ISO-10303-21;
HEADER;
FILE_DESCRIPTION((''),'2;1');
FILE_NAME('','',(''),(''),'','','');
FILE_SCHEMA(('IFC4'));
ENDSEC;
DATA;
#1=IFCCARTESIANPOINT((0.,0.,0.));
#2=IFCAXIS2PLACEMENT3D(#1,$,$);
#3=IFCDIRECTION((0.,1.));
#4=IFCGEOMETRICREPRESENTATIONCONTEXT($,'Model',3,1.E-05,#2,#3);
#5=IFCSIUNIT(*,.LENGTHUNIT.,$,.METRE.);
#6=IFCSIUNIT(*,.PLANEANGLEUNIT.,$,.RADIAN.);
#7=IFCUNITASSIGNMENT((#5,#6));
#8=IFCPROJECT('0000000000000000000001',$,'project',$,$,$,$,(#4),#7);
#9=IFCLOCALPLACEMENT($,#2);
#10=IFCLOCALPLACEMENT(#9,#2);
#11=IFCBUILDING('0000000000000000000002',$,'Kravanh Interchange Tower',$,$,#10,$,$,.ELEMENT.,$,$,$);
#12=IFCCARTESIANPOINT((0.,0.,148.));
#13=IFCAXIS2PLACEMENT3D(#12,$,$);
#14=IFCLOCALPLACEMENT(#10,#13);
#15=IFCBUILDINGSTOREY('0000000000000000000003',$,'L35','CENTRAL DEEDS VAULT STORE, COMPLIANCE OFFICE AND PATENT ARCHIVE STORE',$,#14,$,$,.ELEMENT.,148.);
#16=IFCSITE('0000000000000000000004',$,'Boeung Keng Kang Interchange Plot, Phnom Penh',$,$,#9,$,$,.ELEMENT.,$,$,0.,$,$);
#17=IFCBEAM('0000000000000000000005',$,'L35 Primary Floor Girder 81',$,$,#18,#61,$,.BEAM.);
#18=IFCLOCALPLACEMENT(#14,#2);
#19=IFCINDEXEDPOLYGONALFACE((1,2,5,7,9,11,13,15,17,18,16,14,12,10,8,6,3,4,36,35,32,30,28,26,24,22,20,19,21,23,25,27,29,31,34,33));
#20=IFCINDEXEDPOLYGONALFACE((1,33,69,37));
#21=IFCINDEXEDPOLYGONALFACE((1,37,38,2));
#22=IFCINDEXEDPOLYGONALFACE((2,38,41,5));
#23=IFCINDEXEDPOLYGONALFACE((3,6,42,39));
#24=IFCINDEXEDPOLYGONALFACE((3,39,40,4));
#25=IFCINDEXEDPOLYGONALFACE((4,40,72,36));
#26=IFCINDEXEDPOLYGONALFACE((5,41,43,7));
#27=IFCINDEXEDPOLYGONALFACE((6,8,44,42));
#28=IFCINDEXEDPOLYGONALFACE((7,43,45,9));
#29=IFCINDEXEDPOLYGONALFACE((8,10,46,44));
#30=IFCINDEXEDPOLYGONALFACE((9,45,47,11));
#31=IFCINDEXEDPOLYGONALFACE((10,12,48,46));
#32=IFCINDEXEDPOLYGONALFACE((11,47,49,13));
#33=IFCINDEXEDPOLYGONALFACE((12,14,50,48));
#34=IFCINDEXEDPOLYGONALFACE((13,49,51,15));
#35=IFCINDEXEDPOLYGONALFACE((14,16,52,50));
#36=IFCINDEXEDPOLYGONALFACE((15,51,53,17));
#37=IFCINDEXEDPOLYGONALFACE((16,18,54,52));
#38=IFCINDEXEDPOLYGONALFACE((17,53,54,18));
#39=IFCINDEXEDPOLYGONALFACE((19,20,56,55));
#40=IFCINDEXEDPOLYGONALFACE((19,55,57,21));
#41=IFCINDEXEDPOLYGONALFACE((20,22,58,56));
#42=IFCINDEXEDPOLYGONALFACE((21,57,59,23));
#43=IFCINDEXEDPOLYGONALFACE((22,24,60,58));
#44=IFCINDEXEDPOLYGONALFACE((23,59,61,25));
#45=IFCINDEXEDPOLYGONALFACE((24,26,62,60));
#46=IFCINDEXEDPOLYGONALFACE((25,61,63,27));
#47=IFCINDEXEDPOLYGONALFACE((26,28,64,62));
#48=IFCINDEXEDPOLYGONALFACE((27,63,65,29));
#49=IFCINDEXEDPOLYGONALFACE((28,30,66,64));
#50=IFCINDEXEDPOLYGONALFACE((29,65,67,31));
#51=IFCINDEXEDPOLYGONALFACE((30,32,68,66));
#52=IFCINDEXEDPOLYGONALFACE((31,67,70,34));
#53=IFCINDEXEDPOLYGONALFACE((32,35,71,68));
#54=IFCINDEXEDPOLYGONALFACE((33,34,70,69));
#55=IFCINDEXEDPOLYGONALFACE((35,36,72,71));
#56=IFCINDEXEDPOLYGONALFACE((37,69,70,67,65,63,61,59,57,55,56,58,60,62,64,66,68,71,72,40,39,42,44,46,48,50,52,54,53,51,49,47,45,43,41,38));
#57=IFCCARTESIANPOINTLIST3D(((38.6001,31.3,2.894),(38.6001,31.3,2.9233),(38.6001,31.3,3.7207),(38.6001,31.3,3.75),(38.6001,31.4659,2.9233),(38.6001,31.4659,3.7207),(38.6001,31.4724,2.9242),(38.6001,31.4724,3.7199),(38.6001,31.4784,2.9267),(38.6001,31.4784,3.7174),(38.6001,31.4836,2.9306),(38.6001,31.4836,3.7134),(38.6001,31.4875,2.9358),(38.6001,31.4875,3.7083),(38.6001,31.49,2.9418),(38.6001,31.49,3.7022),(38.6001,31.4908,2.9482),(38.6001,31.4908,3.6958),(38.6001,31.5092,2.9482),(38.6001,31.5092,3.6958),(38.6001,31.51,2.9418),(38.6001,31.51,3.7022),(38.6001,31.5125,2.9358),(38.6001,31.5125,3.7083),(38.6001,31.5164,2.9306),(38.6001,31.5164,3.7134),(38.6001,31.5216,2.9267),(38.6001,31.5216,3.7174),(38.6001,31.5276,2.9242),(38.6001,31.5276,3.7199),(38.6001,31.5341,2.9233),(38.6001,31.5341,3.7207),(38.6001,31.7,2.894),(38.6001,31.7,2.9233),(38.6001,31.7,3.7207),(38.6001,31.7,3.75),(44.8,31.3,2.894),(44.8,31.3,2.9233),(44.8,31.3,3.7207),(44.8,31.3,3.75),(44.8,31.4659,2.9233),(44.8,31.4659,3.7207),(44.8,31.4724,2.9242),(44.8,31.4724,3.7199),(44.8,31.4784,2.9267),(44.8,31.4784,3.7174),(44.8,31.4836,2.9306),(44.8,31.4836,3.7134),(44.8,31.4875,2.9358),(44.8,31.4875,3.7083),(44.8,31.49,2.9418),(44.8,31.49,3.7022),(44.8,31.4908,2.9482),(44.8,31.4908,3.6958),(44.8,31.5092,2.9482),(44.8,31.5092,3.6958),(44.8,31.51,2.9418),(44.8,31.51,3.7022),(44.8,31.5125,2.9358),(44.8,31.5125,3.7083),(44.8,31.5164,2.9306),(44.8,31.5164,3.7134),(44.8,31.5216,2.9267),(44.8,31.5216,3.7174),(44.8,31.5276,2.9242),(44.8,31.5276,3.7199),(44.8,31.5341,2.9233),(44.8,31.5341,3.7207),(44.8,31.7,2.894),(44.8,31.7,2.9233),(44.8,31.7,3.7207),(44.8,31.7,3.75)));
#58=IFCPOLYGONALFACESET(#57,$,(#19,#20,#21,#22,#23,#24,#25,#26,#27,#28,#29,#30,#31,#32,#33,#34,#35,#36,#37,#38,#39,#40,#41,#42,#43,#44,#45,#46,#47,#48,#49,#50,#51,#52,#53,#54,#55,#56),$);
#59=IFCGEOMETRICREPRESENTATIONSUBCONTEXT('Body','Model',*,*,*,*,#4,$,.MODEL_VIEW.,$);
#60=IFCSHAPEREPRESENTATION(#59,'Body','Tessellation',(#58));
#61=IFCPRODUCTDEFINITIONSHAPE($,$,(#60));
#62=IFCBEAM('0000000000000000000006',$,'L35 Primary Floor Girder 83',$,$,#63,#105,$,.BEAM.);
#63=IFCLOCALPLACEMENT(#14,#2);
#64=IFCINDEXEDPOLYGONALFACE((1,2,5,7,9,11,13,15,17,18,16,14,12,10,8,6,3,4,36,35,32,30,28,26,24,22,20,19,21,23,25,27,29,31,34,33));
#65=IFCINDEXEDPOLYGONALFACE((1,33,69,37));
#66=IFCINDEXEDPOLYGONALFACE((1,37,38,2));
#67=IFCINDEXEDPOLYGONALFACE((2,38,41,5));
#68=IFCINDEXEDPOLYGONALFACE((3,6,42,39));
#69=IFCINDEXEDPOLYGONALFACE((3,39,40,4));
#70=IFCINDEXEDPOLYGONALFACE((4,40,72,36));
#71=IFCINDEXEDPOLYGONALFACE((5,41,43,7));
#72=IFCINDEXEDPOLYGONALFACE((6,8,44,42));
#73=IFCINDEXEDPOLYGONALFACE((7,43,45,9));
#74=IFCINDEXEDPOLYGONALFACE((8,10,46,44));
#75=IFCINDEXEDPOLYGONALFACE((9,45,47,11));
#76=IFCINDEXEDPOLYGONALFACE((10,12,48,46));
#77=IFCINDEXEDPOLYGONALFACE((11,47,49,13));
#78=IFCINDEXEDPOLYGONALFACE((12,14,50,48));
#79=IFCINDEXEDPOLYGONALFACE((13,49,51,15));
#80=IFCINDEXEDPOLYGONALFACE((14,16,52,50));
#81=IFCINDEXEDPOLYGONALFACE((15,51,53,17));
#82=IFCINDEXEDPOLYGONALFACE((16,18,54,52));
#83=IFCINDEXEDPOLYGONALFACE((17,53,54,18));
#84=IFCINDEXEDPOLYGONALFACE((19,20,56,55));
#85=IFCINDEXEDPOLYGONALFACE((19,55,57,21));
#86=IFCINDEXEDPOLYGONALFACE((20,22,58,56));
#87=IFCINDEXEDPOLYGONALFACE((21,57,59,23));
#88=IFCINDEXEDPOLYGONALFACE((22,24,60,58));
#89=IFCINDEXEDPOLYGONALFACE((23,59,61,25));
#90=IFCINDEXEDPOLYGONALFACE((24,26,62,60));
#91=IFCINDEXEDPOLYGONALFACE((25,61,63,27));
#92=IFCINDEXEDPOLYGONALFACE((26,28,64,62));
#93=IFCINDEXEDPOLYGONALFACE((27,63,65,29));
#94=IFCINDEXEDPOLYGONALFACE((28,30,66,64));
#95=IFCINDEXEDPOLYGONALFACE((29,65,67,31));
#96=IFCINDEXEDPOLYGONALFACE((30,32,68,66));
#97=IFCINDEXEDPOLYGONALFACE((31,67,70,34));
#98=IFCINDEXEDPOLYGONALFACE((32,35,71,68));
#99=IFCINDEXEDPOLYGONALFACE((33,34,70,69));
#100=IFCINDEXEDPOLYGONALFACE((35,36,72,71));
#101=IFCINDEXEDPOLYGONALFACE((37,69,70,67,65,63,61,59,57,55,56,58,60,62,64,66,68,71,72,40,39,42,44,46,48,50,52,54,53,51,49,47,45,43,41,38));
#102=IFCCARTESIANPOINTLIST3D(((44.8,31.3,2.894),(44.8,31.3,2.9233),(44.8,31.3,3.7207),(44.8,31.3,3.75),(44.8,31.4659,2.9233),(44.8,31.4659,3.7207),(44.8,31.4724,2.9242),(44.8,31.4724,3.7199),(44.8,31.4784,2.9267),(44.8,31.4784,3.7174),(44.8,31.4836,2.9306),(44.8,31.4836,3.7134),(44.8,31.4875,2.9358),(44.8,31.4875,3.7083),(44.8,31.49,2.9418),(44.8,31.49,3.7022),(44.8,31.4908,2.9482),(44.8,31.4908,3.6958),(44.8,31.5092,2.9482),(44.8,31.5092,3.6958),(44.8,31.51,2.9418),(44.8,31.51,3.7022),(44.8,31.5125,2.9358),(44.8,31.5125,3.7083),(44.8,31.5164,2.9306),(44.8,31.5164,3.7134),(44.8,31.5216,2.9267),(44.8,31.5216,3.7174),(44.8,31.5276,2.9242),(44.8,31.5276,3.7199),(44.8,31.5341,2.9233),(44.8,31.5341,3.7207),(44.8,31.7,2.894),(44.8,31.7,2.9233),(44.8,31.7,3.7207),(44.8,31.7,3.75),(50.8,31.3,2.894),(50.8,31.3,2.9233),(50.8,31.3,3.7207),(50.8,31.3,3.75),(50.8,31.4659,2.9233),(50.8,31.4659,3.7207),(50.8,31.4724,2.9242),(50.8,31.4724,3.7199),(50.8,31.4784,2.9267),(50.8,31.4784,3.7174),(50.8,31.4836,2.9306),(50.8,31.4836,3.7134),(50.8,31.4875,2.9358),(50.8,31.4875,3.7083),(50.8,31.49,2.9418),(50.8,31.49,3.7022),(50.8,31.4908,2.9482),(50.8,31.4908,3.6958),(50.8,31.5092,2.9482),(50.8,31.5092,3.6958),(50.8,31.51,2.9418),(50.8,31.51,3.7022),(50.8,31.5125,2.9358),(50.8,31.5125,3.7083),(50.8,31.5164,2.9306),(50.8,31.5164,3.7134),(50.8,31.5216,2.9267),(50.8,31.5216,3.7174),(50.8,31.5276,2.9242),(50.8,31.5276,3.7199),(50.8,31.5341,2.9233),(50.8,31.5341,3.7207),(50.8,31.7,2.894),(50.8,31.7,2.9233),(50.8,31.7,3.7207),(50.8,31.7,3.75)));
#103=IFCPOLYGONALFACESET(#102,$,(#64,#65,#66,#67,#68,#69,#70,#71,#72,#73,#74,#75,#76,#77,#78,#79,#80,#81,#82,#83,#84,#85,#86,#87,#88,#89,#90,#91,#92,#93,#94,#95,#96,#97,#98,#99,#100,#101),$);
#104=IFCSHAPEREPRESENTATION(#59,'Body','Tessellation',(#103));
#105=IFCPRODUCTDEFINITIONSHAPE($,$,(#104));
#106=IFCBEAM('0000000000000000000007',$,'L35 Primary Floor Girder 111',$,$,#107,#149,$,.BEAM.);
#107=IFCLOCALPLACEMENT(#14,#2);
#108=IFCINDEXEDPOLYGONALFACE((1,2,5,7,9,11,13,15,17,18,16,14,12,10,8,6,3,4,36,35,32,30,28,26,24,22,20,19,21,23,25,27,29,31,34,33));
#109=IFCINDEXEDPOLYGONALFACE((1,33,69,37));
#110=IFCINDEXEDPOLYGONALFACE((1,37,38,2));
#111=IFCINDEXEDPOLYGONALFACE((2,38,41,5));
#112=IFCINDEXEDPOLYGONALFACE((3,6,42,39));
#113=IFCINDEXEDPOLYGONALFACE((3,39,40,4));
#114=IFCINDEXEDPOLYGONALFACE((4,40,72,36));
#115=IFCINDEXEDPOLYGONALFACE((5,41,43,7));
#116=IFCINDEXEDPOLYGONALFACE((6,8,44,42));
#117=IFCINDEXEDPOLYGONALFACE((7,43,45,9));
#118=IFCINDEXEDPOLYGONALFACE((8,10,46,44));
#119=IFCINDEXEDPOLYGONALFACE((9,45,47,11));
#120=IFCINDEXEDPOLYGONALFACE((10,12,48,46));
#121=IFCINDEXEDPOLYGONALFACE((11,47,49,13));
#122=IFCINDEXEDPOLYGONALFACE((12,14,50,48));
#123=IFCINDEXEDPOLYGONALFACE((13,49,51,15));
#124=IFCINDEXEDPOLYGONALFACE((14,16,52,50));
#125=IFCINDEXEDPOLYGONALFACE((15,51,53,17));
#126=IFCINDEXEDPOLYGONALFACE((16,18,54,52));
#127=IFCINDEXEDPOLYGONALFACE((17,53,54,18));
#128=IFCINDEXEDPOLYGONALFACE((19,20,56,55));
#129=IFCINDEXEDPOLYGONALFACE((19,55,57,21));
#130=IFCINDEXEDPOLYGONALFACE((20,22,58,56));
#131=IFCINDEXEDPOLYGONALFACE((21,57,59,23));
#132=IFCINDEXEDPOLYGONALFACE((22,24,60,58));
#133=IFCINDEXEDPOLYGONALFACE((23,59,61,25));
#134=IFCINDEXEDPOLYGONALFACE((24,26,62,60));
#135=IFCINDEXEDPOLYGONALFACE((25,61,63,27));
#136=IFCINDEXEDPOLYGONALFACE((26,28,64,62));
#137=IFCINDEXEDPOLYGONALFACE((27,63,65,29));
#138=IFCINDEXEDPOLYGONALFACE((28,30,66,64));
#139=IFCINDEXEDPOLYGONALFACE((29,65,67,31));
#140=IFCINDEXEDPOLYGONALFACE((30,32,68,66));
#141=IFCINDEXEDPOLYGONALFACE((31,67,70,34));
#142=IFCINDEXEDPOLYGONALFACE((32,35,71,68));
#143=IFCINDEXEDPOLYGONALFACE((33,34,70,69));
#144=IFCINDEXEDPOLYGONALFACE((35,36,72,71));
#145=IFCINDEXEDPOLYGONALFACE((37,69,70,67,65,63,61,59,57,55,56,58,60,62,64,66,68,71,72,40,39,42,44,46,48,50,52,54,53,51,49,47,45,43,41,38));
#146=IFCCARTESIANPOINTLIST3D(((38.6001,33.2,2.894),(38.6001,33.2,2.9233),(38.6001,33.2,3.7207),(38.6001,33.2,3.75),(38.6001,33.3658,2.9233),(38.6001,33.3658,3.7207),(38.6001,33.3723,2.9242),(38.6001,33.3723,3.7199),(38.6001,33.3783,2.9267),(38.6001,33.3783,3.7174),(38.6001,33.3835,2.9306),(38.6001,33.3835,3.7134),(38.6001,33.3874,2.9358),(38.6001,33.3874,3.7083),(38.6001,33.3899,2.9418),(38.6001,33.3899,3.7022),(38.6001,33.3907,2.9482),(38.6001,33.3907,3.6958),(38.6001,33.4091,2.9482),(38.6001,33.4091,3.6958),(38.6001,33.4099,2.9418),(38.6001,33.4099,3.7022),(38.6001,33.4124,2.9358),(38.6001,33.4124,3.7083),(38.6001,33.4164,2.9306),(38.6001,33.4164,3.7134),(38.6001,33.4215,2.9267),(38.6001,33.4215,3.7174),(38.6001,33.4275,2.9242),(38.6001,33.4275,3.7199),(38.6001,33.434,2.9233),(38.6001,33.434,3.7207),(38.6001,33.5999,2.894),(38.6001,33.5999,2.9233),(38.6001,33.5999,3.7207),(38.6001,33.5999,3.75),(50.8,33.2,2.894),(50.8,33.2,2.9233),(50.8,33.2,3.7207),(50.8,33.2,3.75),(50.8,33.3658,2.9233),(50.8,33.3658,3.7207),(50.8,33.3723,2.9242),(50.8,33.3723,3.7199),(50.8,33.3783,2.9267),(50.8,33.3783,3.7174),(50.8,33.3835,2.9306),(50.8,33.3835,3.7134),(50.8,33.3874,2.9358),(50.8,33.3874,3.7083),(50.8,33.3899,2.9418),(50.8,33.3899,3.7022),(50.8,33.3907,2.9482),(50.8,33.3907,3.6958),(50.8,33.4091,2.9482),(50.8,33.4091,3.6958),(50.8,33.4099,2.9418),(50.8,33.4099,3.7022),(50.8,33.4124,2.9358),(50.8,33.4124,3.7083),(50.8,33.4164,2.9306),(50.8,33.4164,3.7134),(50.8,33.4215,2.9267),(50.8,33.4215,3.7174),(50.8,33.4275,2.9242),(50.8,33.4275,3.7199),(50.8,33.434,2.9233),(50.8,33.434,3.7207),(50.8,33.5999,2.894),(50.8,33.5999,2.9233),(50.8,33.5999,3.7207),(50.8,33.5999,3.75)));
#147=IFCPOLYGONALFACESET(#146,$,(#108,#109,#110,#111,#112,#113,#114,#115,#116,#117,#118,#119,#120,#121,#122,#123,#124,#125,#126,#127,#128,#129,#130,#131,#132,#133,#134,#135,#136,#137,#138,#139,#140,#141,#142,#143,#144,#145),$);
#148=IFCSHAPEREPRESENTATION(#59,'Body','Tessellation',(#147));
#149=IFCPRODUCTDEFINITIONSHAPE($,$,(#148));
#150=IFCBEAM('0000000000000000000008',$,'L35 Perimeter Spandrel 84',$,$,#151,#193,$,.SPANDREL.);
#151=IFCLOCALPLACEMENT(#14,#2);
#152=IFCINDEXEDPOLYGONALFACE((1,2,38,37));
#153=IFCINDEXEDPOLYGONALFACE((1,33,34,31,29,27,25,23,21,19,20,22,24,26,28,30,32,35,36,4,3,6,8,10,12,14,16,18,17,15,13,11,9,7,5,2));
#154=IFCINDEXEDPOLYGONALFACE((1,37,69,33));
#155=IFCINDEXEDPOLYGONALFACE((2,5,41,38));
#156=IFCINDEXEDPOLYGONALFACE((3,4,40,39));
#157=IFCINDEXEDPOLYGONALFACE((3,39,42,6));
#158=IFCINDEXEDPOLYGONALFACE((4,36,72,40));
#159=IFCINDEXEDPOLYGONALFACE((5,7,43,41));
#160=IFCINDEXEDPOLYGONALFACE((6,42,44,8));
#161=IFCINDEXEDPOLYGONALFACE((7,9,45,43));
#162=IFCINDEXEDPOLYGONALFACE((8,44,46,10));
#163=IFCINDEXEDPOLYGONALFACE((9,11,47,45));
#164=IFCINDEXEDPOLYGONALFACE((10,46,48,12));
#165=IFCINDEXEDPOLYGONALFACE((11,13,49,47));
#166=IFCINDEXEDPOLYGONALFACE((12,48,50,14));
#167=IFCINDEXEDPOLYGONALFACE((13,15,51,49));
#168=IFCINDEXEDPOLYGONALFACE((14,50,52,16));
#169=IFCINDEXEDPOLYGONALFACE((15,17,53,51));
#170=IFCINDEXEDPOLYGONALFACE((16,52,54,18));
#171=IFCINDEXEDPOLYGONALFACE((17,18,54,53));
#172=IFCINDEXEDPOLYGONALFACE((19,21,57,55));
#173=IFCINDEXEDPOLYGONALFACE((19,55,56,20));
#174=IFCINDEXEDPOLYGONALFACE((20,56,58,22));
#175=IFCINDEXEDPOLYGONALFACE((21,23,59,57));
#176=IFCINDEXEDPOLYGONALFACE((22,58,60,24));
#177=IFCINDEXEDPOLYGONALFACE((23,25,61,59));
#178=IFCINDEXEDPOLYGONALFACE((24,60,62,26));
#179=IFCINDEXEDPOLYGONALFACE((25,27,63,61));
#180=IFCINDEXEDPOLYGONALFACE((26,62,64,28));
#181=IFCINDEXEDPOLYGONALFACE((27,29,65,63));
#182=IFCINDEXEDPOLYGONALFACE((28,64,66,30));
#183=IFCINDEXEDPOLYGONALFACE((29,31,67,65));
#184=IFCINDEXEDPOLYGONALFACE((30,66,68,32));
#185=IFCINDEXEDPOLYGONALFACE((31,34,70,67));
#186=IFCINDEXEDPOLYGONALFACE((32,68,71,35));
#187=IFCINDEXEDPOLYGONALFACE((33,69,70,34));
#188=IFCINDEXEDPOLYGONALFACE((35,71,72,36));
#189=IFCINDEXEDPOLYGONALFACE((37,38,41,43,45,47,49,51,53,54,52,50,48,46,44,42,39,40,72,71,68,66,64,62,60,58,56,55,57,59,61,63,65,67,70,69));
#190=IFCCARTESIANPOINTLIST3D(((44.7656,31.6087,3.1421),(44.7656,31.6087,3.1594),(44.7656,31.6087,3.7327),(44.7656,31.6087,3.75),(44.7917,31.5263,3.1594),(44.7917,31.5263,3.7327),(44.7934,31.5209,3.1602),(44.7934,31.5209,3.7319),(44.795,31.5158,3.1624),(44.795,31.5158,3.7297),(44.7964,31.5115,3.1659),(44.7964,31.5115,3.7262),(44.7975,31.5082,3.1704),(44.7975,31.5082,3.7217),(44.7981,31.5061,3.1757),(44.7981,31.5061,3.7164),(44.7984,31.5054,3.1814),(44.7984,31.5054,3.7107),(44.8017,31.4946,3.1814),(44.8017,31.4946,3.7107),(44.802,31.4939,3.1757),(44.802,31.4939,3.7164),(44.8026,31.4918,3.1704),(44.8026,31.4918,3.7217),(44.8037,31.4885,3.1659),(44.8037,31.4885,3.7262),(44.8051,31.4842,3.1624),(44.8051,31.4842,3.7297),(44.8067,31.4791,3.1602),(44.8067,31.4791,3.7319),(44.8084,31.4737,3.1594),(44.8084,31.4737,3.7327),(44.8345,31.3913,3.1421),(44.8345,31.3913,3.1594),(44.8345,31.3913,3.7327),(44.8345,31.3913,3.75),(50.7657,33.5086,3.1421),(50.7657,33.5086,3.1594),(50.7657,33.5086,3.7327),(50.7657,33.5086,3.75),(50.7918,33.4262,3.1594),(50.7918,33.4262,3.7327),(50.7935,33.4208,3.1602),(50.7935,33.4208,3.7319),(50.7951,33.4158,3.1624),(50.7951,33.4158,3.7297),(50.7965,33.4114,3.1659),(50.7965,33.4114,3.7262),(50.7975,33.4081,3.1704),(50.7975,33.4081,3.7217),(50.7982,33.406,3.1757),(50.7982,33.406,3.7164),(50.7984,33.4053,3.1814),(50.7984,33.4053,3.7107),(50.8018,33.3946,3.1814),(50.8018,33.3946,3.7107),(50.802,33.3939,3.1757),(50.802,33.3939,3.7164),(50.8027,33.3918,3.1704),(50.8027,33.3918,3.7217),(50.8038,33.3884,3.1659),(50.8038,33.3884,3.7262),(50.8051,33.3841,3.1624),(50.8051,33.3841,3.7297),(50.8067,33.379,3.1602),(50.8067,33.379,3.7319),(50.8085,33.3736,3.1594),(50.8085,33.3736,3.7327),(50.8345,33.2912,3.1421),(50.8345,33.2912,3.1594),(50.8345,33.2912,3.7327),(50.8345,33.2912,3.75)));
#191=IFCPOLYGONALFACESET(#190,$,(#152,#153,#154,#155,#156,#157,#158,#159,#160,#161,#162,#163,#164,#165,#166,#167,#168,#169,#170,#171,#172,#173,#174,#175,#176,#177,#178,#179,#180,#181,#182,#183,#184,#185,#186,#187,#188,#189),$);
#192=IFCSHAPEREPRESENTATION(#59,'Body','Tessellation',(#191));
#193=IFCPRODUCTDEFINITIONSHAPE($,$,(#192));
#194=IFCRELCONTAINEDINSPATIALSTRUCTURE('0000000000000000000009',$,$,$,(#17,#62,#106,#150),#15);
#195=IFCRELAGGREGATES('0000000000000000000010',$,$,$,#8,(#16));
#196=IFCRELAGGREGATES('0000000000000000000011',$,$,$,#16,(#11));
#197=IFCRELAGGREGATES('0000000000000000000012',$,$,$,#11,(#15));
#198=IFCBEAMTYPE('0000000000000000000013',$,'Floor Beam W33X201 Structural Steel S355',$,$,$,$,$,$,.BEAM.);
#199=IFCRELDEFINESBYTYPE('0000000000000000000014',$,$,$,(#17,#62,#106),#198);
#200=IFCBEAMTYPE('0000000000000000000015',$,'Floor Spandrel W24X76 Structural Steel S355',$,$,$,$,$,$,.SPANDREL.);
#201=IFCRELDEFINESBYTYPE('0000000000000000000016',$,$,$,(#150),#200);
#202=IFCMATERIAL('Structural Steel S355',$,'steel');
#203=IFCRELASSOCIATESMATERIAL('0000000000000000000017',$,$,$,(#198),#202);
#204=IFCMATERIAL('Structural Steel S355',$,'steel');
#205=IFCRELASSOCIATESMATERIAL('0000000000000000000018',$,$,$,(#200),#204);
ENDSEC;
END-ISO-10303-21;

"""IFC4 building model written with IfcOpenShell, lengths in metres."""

from ifc_helpers import new_model, si_unit, direction, frame, origin, origin_2d, place, context, subcontext, project, spatial, i_section, extrude, material, material_profile, profile_set, type_object, element, save


model = new_model("IFC4")

# Units and contexts
model_context = context("Model", 3, precision=1e-05, world=origin(), true_north=direction((0.0, 1.0)))
body_context = subcontext(model_context, "Body", "Model", "MODEL_VIEW")
ifc_project = project(units=[si_unit("LENGTHUNIT", "METRE"), si_unit("PLANEANGLEUNIT", "RADIAN")], contexts=[model_context])

# Site, building, storey
site_placement = place(None, origin())
site = spatial("IfcSite", under=ifc_project, at=site_placement, Name="Boeung Keng Kang Interchange Plot, Phnom Penh", CompositionType="ELEMENT", RefElevation=0.0)
building_placement = place(site_placement, origin())
building = spatial("IfcBuilding", under=site, at=building_placement, Name="Kravanh Interchange Tower", CompositionType="ELEMENT")
storey_placement = place(building_placement, frame((0.0, 0.0, 148.0)))
storey = spatial("IfcBuildingStorey", under=building, at=storey_placement, Name="L35", Description="CENTRAL DEEDS VAULT STORE, COMPLIANCE OFFICE AND PATENT ARCHIVE STORE", CompositionType="ELEMENT", Elevation=148.0)

# Beams
ifc_material_1 = material(Name="Structural Steel S355", Category="steel")
ifc_material_profile_1 = material_profile(ifc_material_1, i_section(OverallWidth=0.3999, OverallDepth=0.856, WebThickness=0.0183, FlangeThickness=0.0293, FilletRadius=0.0249, at=origin_2d()), Name="W33X201")
ifc_profile_set_1 = profile_set([ifc_material_profile_1], Name="Structural Steel S355")
beam_type_1 = type_object("IfcBeamType", Name="Floor Beam W33X201 Structural Steel S355", PredefinedType="BEAM", material=ifc_profile_set_1)
beam_1_placement = place(storey_placement, frame((38.6001, 31.5, 3.322), z_axis=(1.0, 0.0, 0.0), x_axis=(0.0, 1.0, 0.0)))
element("IfcBeam", 1, at=beam_1_placement, inside=storey, type_object=beam_type_1, Name="L35 Primary Floor Girder 81", PredefinedType="BEAM", context=body_context, shape_type="SweptSolid", body=[
    extrude(i_section(OverallWidth=0.3999, OverallDepth=0.856, WebThickness=0.0183, FlangeThickness=0.0293, FilletRadius=0.0249, at=origin_2d()), origin(), (0.0, 0.0, 1.0), 6.2),
])
beam_2_placement = place(storey_placement, frame((44.8, 31.5, 3.322), z_axis=(1.0, 0.0, 0.0), x_axis=(0.0, 1.0, 0.0)))
element("IfcBeam", 2, at=beam_2_placement, inside=storey, type_object=beam_type_1, Name="L35 Primary Floor Girder 83", PredefinedType="BEAM", context=body_context, shape_type="SweptSolid", body=[
    extrude(i_section(OverallWidth=0.3999, OverallDepth=0.856, WebThickness=0.0183, FlangeThickness=0.0293, FilletRadius=0.0249, at=origin_2d()), origin(), (0.0, 0.0, 1.0), 6.0),
])
beam_3_placement = place(storey_placement, frame((38.6001, 33.3999, 3.322), z_axis=(1.0, 0.0, 0.0), x_axis=(0.0, 1.0, 0.0)))
element("IfcBeam", 3, at=beam_3_placement, inside=storey, type_object=beam_type_1, Name="L35 Primary Floor Girder 111", PredefinedType="BEAM", context=body_context, shape_type="SweptSolid", body=[
    extrude(i_section(OverallWidth=0.3999, OverallDepth=0.856, WebThickness=0.0183, FlangeThickness=0.0293, FilletRadius=0.0249, at=origin_2d()), origin(), (0.0, 0.0, 1.0), 12.2),
])
ifc_material_2 = material(Name="Structural Steel S355", Category="steel")
ifc_material_profile_2 = material_profile(ifc_material_2, i_section(OverallWidth=0.228, OverallDepth=0.6079, WebThickness=0.0112, FlangeThickness=0.0173, FilletRadius=0.022, at=origin_2d()), Name="W24X76")
ifc_profile_set_2 = profile_set([ifc_material_profile_2], Name="Structural Steel S355")
beam_type_2 = type_object("IfcBeamType", Name="Floor Spandrel W24X76 Structural Steel S355", PredefinedType="SPANDREL", material=ifc_profile_set_2)
beam_4_placement = place(storey_placement, frame((44.8, 31.5, 3.446), z_axis=(0.953347, 0.301878, 0.0), x_axis=(-0.301878, 0.953347, 0.0)))
element("IfcBeam", 4, at=beam_4_placement, inside=storey, type_object=beam_type_2, Name="L35 Perimeter Spandrel 84", PredefinedType="SPANDREL", context=body_context, shape_type="SweptSolid", body=[
    extrude(i_section(OverallWidth=0.228, OverallDepth=0.6079, WebThickness=0.0112, FlangeThickness=0.0173, FilletRadius=0.022, at=origin_2d()), origin(), (0.0, 0.0, 1.0), 6.2937),
])

save(model, "model.ifc")
